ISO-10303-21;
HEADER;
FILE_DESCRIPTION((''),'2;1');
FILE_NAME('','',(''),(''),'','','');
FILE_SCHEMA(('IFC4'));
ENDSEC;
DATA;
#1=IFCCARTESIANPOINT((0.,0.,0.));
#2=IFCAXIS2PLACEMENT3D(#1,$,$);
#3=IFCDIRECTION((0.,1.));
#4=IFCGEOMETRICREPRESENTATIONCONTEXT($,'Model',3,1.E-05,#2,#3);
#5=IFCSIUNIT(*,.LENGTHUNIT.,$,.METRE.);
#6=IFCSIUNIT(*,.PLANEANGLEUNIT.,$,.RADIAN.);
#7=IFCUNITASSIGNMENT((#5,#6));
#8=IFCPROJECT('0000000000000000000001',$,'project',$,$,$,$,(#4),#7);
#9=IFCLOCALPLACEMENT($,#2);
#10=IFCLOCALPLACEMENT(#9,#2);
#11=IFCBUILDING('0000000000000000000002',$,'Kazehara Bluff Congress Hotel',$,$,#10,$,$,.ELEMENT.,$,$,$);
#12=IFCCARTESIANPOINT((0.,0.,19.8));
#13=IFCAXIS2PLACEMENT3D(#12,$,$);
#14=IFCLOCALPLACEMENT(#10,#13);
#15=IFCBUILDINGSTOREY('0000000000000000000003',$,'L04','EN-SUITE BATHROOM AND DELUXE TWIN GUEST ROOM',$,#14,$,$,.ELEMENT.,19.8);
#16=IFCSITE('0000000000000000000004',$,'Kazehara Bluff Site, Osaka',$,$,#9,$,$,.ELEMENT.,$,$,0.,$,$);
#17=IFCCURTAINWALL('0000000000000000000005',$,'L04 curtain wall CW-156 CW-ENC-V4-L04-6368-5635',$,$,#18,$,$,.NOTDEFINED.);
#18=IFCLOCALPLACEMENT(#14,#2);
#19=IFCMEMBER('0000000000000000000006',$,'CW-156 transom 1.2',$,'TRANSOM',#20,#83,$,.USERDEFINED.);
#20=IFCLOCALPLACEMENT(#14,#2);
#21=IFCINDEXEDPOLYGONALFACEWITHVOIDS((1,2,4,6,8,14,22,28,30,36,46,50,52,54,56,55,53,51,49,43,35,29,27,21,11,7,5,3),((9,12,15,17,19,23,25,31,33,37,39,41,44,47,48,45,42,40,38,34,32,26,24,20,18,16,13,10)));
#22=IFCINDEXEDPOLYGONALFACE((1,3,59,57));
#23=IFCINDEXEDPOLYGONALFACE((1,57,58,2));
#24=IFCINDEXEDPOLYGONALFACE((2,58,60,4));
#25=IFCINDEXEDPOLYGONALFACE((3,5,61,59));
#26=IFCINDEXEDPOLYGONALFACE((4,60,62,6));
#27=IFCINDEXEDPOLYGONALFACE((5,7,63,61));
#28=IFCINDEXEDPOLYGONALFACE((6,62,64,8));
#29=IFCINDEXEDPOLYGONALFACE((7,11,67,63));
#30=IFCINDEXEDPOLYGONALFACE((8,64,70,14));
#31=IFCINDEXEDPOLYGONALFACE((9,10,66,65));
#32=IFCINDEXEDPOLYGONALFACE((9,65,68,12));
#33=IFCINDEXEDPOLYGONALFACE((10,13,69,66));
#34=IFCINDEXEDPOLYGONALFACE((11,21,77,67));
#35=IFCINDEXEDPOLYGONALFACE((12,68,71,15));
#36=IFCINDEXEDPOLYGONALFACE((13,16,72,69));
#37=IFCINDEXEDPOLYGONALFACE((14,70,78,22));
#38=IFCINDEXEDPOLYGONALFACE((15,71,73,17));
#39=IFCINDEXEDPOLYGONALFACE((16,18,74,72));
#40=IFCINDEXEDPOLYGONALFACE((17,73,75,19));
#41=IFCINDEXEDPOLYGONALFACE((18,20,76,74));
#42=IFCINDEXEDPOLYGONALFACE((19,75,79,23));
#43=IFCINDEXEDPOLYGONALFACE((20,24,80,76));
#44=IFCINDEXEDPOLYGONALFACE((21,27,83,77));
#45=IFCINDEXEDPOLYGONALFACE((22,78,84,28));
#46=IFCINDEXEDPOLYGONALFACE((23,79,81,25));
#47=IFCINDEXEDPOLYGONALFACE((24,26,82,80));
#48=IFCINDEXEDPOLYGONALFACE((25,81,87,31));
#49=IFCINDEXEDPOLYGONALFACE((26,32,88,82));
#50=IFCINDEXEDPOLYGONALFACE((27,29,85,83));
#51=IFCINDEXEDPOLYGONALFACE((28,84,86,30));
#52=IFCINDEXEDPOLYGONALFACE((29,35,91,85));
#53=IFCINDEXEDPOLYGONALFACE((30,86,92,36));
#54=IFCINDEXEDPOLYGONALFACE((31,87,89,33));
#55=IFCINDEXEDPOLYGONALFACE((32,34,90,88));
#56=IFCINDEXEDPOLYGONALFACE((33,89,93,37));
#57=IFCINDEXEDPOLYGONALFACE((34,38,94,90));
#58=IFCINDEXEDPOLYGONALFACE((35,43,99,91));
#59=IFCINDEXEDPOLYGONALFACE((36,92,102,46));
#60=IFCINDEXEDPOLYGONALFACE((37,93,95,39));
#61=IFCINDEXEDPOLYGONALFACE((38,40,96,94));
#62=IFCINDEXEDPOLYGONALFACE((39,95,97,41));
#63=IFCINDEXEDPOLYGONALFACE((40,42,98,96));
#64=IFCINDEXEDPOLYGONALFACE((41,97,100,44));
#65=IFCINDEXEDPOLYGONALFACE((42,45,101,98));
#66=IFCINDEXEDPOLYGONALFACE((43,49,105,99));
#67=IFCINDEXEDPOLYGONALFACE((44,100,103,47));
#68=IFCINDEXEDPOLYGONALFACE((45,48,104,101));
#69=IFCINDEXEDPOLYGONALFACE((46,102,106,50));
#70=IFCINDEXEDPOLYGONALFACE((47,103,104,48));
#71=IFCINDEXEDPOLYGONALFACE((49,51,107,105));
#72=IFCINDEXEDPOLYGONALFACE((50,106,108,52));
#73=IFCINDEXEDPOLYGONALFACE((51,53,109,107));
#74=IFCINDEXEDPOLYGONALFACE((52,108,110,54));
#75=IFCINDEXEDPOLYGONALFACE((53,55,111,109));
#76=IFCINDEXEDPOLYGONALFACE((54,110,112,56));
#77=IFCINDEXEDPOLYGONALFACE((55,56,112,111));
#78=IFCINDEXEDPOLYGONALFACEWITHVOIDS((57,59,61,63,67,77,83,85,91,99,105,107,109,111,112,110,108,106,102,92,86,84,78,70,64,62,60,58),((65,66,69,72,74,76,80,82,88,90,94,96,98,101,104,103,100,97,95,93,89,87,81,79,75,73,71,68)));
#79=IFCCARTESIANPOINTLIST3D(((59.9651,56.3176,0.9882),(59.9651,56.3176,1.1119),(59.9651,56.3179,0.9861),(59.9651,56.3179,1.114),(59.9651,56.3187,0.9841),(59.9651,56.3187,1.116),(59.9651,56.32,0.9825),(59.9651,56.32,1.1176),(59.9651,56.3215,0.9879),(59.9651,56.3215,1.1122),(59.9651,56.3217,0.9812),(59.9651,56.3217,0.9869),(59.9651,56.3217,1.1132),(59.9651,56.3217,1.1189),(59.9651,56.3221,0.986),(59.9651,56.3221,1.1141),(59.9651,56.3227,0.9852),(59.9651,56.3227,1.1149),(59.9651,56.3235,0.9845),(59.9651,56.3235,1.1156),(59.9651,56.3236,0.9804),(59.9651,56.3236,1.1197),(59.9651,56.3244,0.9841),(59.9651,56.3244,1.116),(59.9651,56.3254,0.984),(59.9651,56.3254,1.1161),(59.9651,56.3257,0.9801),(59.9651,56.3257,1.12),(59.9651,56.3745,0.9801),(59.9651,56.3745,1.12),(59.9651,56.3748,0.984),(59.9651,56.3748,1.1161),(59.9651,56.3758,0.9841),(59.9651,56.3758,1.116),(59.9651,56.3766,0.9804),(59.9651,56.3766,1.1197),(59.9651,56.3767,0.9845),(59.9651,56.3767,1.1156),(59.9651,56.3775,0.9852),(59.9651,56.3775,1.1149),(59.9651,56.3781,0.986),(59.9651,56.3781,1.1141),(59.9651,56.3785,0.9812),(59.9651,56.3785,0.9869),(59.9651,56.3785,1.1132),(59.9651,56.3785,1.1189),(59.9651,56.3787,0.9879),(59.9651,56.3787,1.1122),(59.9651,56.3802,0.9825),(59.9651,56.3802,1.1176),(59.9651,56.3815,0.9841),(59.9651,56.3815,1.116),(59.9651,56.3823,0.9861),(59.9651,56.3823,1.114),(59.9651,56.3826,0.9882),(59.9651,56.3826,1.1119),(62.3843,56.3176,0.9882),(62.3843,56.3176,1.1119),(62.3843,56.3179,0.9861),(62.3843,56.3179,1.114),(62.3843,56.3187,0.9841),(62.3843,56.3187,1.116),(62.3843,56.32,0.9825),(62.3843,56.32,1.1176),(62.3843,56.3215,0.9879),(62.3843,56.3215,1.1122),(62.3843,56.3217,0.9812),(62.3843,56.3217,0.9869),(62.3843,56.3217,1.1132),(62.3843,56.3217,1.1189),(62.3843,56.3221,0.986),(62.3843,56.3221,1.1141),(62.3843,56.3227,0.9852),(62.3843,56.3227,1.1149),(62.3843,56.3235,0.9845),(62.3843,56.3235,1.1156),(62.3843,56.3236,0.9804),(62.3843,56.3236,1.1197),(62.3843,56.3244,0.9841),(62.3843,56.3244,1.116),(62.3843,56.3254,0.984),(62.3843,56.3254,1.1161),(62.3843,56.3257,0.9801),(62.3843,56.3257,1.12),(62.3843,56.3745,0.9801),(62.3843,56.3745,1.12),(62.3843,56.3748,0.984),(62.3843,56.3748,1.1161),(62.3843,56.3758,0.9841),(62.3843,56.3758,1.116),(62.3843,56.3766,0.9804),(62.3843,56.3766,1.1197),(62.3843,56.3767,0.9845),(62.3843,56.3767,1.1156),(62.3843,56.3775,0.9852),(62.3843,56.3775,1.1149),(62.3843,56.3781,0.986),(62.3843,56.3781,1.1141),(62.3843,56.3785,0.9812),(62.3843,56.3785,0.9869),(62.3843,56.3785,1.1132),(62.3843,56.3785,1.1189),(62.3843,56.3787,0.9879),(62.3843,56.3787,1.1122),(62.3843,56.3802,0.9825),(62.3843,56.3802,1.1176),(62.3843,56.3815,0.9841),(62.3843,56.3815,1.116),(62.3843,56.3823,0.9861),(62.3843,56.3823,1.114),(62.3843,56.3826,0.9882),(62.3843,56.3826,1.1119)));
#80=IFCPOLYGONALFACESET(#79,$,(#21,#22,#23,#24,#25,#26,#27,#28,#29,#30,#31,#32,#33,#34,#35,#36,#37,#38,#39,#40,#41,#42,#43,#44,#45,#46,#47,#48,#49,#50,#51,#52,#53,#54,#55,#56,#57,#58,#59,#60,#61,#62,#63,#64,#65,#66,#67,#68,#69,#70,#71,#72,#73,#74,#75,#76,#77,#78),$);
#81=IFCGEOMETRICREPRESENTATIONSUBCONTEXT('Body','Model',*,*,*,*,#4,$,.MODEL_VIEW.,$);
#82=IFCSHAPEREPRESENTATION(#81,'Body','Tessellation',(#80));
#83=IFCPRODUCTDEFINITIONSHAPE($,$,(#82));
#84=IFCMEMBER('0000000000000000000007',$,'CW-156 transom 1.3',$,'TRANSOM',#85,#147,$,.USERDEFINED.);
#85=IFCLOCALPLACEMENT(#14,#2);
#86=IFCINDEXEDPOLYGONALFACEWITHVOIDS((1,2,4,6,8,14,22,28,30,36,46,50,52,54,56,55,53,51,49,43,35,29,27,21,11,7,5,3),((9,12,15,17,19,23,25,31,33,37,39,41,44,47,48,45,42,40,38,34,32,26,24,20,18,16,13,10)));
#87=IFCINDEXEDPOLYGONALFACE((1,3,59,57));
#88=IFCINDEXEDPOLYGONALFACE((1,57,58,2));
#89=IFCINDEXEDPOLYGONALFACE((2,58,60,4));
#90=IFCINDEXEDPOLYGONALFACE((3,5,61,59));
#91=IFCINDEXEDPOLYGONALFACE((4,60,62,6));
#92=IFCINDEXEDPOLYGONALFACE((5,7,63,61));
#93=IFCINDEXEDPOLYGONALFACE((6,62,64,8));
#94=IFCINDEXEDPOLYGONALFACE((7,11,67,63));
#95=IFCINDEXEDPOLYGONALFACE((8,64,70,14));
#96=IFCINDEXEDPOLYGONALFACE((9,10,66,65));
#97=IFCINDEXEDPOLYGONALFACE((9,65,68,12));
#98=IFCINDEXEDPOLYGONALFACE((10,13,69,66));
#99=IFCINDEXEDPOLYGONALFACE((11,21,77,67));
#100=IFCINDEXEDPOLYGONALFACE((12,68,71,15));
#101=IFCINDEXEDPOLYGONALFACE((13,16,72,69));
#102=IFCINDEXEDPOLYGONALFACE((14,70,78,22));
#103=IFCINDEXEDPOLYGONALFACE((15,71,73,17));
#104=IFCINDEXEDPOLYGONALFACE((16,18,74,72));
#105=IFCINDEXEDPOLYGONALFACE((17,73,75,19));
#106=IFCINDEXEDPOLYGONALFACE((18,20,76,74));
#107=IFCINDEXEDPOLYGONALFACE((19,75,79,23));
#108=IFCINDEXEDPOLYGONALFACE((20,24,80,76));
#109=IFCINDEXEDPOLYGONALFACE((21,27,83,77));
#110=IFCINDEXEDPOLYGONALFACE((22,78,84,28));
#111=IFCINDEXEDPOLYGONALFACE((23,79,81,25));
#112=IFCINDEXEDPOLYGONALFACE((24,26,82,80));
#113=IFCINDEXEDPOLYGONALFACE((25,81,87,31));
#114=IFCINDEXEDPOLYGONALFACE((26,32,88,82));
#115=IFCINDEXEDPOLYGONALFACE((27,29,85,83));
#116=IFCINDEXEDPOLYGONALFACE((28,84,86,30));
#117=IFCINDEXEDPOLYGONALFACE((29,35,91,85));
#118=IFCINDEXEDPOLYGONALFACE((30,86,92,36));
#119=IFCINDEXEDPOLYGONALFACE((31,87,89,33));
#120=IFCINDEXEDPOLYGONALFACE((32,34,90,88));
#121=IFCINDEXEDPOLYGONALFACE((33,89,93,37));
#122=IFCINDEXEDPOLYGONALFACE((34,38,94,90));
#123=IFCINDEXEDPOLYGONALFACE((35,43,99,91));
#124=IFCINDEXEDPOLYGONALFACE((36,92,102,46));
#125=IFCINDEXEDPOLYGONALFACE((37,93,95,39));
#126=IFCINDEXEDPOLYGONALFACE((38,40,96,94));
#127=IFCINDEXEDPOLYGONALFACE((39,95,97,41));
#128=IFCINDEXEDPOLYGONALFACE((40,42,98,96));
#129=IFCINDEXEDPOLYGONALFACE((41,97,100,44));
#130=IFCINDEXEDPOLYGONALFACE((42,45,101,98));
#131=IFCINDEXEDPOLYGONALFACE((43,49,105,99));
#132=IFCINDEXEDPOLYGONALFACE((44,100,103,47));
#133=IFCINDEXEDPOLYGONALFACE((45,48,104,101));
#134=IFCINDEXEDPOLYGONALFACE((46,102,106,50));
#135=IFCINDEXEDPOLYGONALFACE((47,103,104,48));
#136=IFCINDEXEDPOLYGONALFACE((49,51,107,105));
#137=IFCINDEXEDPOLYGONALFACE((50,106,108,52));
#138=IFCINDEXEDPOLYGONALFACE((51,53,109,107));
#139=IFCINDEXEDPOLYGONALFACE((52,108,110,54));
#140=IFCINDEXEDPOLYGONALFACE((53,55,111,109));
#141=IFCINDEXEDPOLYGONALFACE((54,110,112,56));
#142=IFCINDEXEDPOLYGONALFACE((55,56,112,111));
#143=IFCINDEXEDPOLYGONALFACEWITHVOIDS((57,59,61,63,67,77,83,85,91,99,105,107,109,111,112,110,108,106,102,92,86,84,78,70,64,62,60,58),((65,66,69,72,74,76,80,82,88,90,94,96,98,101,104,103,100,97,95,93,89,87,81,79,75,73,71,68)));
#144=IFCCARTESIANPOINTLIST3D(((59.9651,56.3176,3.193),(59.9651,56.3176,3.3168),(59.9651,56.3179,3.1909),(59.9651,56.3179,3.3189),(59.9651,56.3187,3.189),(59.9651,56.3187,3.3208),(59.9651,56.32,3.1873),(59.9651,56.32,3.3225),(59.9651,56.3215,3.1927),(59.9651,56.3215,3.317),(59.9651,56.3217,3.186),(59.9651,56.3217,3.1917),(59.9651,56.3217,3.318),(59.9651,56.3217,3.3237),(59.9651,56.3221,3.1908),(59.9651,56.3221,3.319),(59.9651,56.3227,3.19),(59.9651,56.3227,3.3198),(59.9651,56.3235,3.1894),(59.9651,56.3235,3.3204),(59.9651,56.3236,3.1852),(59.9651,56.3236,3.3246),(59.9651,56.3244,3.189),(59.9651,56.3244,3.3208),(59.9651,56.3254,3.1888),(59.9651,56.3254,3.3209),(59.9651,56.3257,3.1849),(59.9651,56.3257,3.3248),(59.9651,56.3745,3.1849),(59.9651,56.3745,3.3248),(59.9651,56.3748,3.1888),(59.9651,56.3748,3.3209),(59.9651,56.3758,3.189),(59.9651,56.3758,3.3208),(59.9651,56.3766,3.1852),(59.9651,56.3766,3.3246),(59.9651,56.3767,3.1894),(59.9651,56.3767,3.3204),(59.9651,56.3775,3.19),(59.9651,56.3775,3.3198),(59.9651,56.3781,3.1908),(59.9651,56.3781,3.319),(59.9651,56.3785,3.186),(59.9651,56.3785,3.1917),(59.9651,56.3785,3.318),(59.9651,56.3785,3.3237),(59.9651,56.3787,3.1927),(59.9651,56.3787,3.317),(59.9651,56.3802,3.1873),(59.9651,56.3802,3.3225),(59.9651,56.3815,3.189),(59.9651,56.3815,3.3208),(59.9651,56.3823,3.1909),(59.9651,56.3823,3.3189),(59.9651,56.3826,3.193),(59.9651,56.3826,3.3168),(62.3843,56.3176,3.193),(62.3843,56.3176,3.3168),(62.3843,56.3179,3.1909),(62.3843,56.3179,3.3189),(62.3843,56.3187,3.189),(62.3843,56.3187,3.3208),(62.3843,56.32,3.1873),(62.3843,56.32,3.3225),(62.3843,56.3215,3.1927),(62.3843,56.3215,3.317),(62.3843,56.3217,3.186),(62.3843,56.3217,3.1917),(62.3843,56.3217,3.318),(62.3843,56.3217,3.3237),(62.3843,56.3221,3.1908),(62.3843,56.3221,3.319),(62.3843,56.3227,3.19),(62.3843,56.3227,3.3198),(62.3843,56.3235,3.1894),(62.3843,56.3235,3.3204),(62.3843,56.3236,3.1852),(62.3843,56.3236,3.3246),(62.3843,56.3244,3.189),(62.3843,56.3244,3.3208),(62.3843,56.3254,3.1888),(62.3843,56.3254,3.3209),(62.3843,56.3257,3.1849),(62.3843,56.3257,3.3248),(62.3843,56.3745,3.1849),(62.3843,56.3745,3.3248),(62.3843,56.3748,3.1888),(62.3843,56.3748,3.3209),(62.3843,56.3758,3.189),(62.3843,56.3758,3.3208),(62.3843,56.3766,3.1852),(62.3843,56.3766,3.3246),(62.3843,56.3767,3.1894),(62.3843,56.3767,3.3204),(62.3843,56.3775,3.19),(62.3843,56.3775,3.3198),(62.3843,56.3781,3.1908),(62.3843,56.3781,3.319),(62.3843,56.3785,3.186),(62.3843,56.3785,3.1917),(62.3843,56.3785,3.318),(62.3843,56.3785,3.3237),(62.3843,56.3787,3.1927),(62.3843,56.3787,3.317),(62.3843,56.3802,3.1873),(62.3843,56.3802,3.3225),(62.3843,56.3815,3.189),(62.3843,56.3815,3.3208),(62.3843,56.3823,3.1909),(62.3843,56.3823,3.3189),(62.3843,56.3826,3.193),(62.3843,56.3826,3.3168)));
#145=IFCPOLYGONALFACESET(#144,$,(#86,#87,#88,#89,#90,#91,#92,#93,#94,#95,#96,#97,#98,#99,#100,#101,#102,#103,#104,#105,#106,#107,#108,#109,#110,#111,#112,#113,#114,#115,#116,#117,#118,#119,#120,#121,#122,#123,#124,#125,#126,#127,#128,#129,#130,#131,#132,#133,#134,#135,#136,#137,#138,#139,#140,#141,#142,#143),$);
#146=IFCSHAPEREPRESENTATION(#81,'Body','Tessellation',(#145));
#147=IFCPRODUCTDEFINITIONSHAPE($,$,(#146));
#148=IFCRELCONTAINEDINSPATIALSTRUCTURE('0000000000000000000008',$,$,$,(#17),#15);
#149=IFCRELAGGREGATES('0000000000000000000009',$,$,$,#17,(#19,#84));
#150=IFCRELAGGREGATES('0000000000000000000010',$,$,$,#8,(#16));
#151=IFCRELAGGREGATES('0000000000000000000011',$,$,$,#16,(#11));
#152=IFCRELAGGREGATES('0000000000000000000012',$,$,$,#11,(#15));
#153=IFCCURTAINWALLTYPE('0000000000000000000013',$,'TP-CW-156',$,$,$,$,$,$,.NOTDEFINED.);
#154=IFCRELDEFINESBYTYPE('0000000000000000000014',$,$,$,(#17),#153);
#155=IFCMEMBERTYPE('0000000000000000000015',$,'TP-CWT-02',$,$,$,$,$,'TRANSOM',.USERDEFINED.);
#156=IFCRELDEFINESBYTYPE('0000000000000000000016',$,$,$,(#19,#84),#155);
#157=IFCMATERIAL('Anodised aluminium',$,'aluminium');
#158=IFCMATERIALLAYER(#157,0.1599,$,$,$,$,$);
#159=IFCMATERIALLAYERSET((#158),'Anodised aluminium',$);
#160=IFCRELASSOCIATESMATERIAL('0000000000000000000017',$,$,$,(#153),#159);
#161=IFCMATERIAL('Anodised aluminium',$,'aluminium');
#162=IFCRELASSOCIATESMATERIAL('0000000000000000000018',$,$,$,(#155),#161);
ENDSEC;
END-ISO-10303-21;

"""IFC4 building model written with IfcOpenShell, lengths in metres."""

from ifc_helpers import new_model, si_unit, direction, frame, origin, origin_2d, place, context, subcontext, project, spatial, hollow_rectangle, extrude, material, layer, layer_set, material_profile, profile_set, type_object, element, aggregate, save


model = new_model("IFC4")

# Units and contexts
model_context = context("Model", 3, precision=1e-05, world=origin(), true_north=direction((0.0, 1.0)))
body_context = subcontext(model_context, "Body", "Model", "MODEL_VIEW")
ifc_project = project(units=[si_unit("LENGTHUNIT", "METRE"), si_unit("PLANEANGLEUNIT", "RADIAN")], contexts=[model_context])

# Site, building, storey
site_placement = place(None, origin())
site = spatial("IfcSite", under=ifc_project, at=site_placement, Name="Kazehara Bluff Site, Osaka", CompositionType="ELEMENT", RefElevation=0.0)
building_placement = place(site_placement, origin())
building = spatial("IfcBuilding", under=site, at=building_placement, Name="Kazehara Bluff Congress Hotel", CompositionType="ELEMENT")
storey_placement = place(building_placement, frame((0.0, 0.0, 19.8)))
storey = spatial("IfcBuildingStorey", under=building, at=storey_placement, Name="L04", Description="EN-SUITE BATHROOM AND DELUXE TWIN GUEST ROOM", CompositionType="ELEMENT", Elevation=19.8)

# Curtain wall, members
ifc_material_1 = material(Name="Anodised aluminium", Category="aluminium")
ifc_layer_1 = layer(ifc_material_1, 0.1599)
ifc_layer_set_1 = layer_set([ifc_layer_1], Name="Anodised aluminium")
curtain_wall_type = type_object("IfcCurtainWallType", Name="TP-CW-156", PredefinedType="NOTDEFINED", material=ifc_layer_set_1)
curtain_wall_placement = place(storey_placement, origin())
curtain_wall = element("IfcCurtainWall", 1, at=curtain_wall_placement, inside=storey, type_object=curtain_wall_type, Name="L04 curtain wall CW-156 CW-ENC-V4-L04-6368-5635", PredefinedType="NOTDEFINED")
ifc_material_2 = material(Name="Anodised aluminium", Category="aluminium")
ifc_material_profile_1 = material_profile(ifc_material_2, hollow_rectangle(XDim=0.0649, YDim=0.1399, WallThickness=0.0039, InnerFilletRadius=0.0039, OuterFilletRadius=0.0081, at=origin_2d()))
ifc_profile_set_1 = profile_set([ifc_material_profile_1], Name="Anodised aluminium")
member_type_1 = type_object("IfcMemberType", Name="TP-CWT-02", ElementType="TRANSOM", PredefinedType="USERDEFINED", material=ifc_profile_set_1)
member_1_placement = place(storey_placement, frame((59.9651, 56.3501, 1.05), z_axis=(1.0, 0.0, 0.0), x_axis=(0.0, 1.0, 0.0)))
member_1 = element("IfcMember", 2, at=member_1_placement, type_object=member_type_1, Name="CW-156 transom 1.2", ObjectType="TRANSOM", PredefinedType="USERDEFINED", context=body_context, shape_type="SweptSolid", body=[
    extrude(hollow_rectangle(XDim=0.0649, YDim=0.1399, WallThickness=0.0039, InnerFilletRadius=0.0039, OuterFilletRadius=0.0081, at=origin_2d()), origin(), (0.0, 0.0, 1.0), 2.4192),
])
member_2_placement = place(storey_placement, frame((59.9651, 56.3501, 3.2549), z_axis=(1.0, 0.0, 0.0), x_axis=(0.0, 1.0, 0.0)))
member_2 = element("IfcMember", 3, at=member_2_placement, type_object=member_type_1, Name="CW-156 transom 1.3", ObjectType="TRANSOM", PredefinedType="USERDEFINED", context=body_context, shape_type="SweptSolid", body=[
    extrude(hollow_rectangle(XDim=0.0649, YDim=0.1399, WallThickness=0.0039, InnerFilletRadius=0.0039, OuterFilletRadius=0.0081, at=origin_2d()), origin(), (0.0, 0.0, 1.0), 2.4192),
])

aggregate(curtain_wall, [member_1, member_2])

save(model, "model.ifc")
